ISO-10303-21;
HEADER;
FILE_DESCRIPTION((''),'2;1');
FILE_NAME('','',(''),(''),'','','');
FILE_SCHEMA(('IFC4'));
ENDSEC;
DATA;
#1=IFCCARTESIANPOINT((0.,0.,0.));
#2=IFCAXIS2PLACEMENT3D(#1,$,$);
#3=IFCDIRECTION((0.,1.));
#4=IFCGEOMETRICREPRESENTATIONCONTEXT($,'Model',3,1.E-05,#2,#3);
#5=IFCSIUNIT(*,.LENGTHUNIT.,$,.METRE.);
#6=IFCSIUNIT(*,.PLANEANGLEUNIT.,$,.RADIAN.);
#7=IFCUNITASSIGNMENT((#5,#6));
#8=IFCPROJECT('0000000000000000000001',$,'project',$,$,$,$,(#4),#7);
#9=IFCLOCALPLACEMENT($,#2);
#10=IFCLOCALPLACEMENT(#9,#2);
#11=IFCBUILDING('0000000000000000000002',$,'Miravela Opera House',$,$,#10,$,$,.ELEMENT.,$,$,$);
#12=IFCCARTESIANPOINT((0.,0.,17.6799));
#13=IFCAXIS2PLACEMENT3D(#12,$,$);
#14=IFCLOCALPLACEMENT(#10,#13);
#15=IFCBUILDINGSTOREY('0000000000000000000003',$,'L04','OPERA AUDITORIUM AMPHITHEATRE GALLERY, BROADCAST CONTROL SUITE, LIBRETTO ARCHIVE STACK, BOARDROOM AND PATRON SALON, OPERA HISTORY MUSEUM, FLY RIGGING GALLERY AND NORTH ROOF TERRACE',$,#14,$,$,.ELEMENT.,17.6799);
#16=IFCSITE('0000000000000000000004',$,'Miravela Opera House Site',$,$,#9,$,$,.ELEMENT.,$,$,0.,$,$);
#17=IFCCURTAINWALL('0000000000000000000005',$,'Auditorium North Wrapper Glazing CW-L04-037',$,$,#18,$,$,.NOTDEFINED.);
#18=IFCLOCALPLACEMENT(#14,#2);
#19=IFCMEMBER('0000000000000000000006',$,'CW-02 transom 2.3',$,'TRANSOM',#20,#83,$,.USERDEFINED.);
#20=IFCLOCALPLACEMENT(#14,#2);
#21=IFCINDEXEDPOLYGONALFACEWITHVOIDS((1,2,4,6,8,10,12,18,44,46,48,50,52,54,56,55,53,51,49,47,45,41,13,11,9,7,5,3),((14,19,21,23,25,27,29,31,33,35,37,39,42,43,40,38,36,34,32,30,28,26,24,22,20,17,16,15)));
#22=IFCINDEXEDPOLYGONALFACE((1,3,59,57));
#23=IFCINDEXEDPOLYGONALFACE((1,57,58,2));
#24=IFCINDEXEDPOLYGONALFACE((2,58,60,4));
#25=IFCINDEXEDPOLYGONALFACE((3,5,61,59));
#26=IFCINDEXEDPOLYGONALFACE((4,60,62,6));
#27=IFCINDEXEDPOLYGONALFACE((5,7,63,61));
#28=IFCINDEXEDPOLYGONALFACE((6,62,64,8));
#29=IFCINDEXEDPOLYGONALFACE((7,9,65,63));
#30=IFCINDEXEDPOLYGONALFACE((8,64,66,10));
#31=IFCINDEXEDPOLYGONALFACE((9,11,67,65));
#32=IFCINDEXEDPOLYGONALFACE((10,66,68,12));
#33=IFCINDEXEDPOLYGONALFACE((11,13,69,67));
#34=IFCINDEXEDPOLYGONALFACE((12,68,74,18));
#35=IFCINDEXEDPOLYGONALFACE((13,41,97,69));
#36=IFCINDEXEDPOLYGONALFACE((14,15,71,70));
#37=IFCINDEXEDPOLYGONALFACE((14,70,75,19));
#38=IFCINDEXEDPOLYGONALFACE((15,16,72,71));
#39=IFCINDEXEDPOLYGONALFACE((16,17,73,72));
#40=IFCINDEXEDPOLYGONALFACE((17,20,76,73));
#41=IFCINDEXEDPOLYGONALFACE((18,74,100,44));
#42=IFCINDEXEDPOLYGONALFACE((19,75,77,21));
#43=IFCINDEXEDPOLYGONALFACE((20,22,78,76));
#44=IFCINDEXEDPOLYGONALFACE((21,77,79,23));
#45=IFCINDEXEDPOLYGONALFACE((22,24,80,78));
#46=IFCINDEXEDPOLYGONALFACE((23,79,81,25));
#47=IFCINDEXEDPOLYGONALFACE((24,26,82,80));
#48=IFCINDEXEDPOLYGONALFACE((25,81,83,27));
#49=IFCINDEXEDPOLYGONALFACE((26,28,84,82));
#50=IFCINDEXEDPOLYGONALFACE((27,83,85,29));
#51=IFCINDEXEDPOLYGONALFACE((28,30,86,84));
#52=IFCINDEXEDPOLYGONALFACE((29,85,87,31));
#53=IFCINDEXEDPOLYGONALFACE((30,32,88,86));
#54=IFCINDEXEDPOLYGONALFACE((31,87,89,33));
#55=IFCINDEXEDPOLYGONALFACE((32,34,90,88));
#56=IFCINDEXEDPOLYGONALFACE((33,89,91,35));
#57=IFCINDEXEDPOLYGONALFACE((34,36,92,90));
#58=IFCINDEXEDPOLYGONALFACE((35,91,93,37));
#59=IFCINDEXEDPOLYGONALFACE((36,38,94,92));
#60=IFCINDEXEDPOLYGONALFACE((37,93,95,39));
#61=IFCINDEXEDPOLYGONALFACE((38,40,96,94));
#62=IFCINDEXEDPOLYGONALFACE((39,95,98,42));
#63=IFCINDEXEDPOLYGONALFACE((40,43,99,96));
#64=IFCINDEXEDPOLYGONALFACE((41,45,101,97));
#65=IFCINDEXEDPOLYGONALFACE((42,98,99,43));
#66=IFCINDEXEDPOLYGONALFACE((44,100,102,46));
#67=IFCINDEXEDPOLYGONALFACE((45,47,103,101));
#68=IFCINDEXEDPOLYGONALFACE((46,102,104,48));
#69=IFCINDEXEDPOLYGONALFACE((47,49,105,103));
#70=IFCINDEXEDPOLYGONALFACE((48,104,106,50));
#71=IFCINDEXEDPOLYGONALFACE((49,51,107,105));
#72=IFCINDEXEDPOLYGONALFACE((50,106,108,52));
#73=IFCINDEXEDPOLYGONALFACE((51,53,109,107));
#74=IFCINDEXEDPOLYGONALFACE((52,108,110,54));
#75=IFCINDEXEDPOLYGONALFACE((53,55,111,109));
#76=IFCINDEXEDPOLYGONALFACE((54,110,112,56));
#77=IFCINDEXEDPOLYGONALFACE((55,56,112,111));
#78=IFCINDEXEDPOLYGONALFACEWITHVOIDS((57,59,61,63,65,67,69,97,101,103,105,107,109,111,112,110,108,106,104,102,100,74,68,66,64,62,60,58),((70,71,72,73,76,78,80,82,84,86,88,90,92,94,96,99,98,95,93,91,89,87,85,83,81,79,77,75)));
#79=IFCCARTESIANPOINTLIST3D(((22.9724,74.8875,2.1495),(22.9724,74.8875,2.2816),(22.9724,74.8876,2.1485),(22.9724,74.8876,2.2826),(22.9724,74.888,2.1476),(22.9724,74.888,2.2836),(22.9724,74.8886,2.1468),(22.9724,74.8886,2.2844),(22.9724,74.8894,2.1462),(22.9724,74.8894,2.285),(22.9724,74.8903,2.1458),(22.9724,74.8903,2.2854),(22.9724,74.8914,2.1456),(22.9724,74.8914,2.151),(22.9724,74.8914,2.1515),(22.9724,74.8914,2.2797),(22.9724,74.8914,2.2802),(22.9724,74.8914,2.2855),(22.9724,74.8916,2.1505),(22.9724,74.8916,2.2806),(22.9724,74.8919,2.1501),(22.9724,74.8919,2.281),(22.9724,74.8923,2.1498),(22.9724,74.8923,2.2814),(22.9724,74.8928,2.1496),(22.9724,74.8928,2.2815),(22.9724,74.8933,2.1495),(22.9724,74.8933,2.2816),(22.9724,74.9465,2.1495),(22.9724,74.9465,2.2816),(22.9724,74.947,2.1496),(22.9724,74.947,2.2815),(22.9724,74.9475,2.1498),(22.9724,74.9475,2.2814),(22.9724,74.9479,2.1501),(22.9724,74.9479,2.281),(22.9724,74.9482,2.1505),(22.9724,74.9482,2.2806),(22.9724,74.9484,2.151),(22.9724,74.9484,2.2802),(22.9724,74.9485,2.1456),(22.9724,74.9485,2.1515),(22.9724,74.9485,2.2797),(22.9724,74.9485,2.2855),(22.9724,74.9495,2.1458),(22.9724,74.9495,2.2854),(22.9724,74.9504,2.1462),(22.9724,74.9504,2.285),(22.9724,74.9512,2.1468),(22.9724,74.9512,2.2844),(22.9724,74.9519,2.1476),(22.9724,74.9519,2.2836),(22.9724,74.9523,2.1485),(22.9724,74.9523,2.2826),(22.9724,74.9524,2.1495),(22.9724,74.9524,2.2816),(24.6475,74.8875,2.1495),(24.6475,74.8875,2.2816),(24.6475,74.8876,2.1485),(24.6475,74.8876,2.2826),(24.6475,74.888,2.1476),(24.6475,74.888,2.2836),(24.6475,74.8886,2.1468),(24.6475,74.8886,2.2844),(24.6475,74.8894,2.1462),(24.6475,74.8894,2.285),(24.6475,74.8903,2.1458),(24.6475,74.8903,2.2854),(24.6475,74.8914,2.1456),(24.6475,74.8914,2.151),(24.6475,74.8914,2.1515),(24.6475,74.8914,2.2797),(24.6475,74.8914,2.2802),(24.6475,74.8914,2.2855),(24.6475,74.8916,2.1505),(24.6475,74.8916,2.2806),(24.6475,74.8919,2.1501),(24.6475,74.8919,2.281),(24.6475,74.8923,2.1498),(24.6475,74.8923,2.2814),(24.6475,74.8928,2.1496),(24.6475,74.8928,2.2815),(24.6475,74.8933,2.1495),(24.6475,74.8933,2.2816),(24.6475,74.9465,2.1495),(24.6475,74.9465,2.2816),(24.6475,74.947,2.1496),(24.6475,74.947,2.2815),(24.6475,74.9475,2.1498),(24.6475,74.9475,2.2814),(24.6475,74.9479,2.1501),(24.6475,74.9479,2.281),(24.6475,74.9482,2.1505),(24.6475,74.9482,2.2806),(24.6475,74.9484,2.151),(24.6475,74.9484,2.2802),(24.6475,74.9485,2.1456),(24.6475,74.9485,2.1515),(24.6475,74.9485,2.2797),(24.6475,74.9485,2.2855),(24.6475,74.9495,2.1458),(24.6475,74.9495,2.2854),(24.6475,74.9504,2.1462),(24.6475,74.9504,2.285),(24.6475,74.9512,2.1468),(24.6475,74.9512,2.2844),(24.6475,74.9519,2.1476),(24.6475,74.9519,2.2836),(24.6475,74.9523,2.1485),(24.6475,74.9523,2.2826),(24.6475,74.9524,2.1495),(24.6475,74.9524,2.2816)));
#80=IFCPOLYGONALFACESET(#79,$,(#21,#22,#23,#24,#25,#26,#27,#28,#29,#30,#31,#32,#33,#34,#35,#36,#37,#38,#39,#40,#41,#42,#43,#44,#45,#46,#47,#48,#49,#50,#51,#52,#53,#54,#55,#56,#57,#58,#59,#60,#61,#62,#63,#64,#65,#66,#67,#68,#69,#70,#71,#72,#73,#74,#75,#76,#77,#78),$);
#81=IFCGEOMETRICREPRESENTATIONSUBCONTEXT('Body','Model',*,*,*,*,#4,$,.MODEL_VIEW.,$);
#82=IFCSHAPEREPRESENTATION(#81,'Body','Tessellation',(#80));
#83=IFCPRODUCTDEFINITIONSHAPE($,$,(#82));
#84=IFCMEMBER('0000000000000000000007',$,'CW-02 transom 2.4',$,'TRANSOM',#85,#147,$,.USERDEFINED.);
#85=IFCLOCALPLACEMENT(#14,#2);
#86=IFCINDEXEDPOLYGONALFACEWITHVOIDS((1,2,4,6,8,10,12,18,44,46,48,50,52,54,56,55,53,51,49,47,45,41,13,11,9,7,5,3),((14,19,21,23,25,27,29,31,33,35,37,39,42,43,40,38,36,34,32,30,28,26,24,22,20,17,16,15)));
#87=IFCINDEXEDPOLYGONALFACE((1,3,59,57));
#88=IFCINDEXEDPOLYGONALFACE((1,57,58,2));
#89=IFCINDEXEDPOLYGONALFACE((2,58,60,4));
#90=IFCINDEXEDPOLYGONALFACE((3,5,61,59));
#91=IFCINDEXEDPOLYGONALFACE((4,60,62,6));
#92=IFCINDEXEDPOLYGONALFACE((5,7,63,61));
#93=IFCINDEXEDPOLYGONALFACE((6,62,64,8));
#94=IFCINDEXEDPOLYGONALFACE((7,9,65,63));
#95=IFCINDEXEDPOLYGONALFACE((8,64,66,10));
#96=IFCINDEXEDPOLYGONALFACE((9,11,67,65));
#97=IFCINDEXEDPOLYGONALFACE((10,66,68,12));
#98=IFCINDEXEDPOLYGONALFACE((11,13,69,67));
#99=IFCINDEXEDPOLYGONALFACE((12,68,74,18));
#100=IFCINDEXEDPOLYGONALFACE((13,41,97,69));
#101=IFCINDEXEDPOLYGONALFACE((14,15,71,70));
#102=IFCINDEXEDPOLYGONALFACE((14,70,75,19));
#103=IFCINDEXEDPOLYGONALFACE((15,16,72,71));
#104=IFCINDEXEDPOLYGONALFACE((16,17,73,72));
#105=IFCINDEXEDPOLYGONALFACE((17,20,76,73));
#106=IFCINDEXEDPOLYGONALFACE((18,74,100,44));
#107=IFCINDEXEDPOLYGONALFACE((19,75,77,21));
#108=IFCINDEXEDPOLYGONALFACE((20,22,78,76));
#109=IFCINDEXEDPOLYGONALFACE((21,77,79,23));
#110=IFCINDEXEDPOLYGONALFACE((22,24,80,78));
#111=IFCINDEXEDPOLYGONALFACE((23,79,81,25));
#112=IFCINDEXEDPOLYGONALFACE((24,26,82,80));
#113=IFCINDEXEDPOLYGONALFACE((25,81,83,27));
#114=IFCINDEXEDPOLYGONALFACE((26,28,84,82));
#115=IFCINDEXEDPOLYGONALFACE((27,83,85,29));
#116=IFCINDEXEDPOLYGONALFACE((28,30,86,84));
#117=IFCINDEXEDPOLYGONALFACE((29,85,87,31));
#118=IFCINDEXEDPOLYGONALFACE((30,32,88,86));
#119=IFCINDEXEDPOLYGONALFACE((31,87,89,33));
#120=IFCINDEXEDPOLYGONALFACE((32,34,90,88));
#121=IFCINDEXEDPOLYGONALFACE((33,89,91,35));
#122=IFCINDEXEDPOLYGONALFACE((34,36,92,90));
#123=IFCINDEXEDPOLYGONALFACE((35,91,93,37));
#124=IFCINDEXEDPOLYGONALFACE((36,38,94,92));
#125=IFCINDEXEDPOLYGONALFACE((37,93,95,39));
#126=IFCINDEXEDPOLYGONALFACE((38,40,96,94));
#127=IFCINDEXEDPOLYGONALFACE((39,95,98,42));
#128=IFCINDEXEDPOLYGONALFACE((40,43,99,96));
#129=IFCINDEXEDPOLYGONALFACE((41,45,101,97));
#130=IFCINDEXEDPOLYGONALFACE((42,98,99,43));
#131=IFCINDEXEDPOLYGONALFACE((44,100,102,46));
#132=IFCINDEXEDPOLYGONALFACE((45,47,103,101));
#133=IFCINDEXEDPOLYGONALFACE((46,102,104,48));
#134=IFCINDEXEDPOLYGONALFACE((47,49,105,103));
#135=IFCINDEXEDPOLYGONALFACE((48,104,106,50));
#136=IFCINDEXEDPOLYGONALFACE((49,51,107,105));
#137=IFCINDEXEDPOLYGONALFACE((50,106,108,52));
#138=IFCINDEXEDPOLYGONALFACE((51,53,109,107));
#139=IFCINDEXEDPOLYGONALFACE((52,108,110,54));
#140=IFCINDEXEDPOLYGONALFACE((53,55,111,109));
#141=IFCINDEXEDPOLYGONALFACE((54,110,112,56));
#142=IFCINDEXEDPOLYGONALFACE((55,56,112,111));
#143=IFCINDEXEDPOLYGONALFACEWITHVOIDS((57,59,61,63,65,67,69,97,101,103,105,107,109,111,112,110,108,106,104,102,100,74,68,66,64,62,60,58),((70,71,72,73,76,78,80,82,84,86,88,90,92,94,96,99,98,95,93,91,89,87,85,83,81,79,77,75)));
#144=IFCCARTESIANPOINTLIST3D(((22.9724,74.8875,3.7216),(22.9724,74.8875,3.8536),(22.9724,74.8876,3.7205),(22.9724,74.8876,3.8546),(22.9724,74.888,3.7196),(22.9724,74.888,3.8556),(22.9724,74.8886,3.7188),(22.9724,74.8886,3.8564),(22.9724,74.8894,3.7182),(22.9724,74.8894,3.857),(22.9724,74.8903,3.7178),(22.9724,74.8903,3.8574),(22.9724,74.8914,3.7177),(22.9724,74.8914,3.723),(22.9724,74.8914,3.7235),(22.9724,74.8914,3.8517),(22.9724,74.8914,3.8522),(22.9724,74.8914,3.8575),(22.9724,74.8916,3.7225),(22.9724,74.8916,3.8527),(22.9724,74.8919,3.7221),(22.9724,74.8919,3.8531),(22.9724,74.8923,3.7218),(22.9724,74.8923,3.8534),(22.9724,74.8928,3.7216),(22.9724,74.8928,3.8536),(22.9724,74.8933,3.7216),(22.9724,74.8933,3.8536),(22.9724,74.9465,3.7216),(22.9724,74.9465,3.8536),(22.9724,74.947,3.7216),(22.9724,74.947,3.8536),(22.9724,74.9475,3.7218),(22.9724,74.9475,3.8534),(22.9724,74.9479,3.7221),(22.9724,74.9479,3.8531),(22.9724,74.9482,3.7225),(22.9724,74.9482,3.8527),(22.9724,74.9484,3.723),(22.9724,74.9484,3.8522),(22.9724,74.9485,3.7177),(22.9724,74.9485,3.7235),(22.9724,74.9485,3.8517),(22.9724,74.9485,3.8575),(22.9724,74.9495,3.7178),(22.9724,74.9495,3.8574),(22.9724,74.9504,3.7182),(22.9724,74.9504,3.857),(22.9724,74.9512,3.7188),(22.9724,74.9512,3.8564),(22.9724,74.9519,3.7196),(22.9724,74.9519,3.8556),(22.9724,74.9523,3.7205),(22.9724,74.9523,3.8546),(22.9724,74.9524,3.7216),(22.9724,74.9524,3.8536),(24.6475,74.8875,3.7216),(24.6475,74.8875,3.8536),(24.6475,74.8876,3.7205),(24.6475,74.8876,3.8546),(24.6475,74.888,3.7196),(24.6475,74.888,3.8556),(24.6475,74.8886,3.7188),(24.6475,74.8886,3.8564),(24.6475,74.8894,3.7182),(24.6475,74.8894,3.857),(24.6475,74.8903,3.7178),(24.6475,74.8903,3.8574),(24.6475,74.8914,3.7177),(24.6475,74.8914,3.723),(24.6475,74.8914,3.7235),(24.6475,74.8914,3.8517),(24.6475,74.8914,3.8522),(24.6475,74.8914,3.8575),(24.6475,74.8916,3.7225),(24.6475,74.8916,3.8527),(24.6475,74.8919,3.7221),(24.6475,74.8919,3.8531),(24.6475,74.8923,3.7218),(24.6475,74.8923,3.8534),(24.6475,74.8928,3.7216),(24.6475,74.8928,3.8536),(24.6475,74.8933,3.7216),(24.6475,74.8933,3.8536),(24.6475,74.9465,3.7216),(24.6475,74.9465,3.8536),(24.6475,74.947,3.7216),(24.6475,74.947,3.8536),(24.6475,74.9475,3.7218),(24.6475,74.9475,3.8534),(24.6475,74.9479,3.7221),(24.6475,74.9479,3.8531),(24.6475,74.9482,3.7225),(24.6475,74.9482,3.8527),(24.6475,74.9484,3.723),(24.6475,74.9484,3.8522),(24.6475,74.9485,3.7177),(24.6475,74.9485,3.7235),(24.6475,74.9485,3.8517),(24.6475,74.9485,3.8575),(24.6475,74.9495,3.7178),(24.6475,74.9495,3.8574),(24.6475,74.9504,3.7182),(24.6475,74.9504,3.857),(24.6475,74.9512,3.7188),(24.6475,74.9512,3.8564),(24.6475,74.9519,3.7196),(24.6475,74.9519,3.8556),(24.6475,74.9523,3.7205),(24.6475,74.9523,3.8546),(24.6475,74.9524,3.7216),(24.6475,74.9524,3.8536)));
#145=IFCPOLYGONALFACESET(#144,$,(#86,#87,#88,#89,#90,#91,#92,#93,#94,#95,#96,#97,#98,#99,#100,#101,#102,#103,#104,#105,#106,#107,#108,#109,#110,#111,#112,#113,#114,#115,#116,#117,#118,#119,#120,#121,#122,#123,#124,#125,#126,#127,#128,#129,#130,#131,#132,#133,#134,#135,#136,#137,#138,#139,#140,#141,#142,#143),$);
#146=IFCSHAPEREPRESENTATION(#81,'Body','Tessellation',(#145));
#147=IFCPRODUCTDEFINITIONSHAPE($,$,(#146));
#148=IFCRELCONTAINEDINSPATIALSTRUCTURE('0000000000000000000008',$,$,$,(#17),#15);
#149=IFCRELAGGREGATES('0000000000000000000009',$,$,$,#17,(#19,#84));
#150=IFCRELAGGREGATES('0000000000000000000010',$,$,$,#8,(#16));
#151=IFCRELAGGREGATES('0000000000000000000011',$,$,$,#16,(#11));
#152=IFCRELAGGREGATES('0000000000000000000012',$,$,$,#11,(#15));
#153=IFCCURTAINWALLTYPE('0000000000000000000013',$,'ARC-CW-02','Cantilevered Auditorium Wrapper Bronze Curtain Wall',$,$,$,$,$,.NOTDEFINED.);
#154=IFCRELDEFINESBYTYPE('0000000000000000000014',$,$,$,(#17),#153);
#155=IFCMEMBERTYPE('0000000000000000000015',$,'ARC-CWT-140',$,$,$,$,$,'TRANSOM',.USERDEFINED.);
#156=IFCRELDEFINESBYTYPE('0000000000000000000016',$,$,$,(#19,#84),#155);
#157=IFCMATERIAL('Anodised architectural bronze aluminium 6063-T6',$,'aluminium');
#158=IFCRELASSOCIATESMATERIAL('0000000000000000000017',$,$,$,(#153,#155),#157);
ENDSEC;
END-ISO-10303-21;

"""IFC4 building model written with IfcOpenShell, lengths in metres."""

from ifc_helpers import new_model, si_unit, direction, frame, origin, origin_2d, place, context, subcontext, project, spatial, hollow_rectangle, extrude, material, material_profile, profile_set, type_object, element, aggregate, save


model = new_model("IFC4")

# Units and contexts
model_context = context("Model", 3, precision=1e-05, world=origin(), true_north=direction((0.0, 1.0)))
body_context = subcontext(model_context, "Body", "Model", "MODEL_VIEW")
ifc_project = project(units=[si_unit("LENGTHUNIT", "METRE"), si_unit("PLANEANGLEUNIT", "RADIAN")], contexts=[model_context])

# Site, building, storey
site_placement = place(None, origin())
site = spatial("IfcSite", under=ifc_project, at=site_placement, Name="Miravela Opera House Site", CompositionType="ELEMENT", RefElevation=0.0)
building_placement = place(site_placement, origin())
building = spatial("IfcBuilding", under=site, at=building_placement, Name="Miravela Opera House", CompositionType="ELEMENT")
storey_placement = place(building_placement, frame((0.0, 0.0, 17.6799)))
storey = spatial("IfcBuildingStorey", under=building, at=storey_placement, Name="L04", Description="OPERA AUDITORIUM AMPHITHEATRE GALLERY, BROADCAST CONTROL SUITE, LIBRETTO ARCHIVE STACK, BOARDROOM AND PATRON SALON, OPERA HISTORY MUSEUM, FLY RIGGING GALLERY AND NORTH ROOF TERRACE", CompositionType="ELEMENT", Elevation=17.6799)

# Shared definitions
ifc_material_1 = material(Name="Anodised architectural bronze aluminium 6063-T6", Category="aluminium")
curtain_wall_type = type_object("IfcCurtainWallType", Name="ARC-CW-02", Description="Cantilevered Auditorium Wrapper Bronze Curtain Wall", PredefinedType="NOTDEFINED", material=ifc_material_1)

# Curtain wall, members
curtain_wall_1_placement = place(storey_placement, origin())
curtain_wall_1 = element("IfcCurtainWall", 1, at=curtain_wall_1_placement, inside=storey, type_object=curtain_wall_type, Name="Auditorium North Wrapper Glazing CW-L04-037", PredefinedType="NOTDEFINED")
ifc_material_profile_1 = material_profile(ifc_material_1, hollow_rectangle(XDim=0.0649, YDim=0.1399, WallThickness=0.0039, InnerFilletRadius=0.002, OuterFilletRadius=0.0039, at=origin_2d()), Name="CWT-65X140")
ifc_profile_set_1 = profile_set([ifc_material_profile_1])
member_type_1 = type_object("IfcMemberType", Name="ARC-CWT-140", ElementType="TRANSOM", PredefinedType="USERDEFINED", material=ifc_profile_set_1)
member_1_placement = place(storey_placement, frame((22.9724, 74.9199, 2.2156), z_axis=(1.0, 0.0, 0.0), x_axis=(0.0, 1.0, 0.0)))
member_1 = element("IfcMember", 2, at=member_1_placement, type_object=member_type_1, Name="CW-02 transom 2.3", ObjectType="TRANSOM", PredefinedType="USERDEFINED", context=body_context, shape_type="SweptSolid", body=[
    extrude(hollow_rectangle(XDim=0.0649, YDim=0.1399, WallThickness=0.0039, InnerFilletRadius=0.002, OuterFilletRadius=0.0039, at=origin_2d()), origin(), (0.0, 0.0, 1.0), 1.675),
])
member_2_placement = place(storey_placement, frame((22.9724, 74.9199, 3.7876), z_axis=(1.0, 0.0, 0.0), x_axis=(0.0, 1.0, 0.0)))
member_2 = element("IfcMember", 3, at=member_2_placement, type_object=member_type_1, Name="CW-02 transom 2.4", ObjectType="TRANSOM", PredefinedType="USERDEFINED", context=body_context, shape_type="SweptSolid", body=[
    extrude(hollow_rectangle(XDim=0.0649, YDim=0.1399, WallThickness=0.0039, InnerFilletRadius=0.002, OuterFilletRadius=0.0039, at=origin_2d()), origin(), (0.0, 0.0, 1.0), 1.675),
])

aggregate(curtain_wall_1, [member_1, member_2])

save(model, "model.ifc")
